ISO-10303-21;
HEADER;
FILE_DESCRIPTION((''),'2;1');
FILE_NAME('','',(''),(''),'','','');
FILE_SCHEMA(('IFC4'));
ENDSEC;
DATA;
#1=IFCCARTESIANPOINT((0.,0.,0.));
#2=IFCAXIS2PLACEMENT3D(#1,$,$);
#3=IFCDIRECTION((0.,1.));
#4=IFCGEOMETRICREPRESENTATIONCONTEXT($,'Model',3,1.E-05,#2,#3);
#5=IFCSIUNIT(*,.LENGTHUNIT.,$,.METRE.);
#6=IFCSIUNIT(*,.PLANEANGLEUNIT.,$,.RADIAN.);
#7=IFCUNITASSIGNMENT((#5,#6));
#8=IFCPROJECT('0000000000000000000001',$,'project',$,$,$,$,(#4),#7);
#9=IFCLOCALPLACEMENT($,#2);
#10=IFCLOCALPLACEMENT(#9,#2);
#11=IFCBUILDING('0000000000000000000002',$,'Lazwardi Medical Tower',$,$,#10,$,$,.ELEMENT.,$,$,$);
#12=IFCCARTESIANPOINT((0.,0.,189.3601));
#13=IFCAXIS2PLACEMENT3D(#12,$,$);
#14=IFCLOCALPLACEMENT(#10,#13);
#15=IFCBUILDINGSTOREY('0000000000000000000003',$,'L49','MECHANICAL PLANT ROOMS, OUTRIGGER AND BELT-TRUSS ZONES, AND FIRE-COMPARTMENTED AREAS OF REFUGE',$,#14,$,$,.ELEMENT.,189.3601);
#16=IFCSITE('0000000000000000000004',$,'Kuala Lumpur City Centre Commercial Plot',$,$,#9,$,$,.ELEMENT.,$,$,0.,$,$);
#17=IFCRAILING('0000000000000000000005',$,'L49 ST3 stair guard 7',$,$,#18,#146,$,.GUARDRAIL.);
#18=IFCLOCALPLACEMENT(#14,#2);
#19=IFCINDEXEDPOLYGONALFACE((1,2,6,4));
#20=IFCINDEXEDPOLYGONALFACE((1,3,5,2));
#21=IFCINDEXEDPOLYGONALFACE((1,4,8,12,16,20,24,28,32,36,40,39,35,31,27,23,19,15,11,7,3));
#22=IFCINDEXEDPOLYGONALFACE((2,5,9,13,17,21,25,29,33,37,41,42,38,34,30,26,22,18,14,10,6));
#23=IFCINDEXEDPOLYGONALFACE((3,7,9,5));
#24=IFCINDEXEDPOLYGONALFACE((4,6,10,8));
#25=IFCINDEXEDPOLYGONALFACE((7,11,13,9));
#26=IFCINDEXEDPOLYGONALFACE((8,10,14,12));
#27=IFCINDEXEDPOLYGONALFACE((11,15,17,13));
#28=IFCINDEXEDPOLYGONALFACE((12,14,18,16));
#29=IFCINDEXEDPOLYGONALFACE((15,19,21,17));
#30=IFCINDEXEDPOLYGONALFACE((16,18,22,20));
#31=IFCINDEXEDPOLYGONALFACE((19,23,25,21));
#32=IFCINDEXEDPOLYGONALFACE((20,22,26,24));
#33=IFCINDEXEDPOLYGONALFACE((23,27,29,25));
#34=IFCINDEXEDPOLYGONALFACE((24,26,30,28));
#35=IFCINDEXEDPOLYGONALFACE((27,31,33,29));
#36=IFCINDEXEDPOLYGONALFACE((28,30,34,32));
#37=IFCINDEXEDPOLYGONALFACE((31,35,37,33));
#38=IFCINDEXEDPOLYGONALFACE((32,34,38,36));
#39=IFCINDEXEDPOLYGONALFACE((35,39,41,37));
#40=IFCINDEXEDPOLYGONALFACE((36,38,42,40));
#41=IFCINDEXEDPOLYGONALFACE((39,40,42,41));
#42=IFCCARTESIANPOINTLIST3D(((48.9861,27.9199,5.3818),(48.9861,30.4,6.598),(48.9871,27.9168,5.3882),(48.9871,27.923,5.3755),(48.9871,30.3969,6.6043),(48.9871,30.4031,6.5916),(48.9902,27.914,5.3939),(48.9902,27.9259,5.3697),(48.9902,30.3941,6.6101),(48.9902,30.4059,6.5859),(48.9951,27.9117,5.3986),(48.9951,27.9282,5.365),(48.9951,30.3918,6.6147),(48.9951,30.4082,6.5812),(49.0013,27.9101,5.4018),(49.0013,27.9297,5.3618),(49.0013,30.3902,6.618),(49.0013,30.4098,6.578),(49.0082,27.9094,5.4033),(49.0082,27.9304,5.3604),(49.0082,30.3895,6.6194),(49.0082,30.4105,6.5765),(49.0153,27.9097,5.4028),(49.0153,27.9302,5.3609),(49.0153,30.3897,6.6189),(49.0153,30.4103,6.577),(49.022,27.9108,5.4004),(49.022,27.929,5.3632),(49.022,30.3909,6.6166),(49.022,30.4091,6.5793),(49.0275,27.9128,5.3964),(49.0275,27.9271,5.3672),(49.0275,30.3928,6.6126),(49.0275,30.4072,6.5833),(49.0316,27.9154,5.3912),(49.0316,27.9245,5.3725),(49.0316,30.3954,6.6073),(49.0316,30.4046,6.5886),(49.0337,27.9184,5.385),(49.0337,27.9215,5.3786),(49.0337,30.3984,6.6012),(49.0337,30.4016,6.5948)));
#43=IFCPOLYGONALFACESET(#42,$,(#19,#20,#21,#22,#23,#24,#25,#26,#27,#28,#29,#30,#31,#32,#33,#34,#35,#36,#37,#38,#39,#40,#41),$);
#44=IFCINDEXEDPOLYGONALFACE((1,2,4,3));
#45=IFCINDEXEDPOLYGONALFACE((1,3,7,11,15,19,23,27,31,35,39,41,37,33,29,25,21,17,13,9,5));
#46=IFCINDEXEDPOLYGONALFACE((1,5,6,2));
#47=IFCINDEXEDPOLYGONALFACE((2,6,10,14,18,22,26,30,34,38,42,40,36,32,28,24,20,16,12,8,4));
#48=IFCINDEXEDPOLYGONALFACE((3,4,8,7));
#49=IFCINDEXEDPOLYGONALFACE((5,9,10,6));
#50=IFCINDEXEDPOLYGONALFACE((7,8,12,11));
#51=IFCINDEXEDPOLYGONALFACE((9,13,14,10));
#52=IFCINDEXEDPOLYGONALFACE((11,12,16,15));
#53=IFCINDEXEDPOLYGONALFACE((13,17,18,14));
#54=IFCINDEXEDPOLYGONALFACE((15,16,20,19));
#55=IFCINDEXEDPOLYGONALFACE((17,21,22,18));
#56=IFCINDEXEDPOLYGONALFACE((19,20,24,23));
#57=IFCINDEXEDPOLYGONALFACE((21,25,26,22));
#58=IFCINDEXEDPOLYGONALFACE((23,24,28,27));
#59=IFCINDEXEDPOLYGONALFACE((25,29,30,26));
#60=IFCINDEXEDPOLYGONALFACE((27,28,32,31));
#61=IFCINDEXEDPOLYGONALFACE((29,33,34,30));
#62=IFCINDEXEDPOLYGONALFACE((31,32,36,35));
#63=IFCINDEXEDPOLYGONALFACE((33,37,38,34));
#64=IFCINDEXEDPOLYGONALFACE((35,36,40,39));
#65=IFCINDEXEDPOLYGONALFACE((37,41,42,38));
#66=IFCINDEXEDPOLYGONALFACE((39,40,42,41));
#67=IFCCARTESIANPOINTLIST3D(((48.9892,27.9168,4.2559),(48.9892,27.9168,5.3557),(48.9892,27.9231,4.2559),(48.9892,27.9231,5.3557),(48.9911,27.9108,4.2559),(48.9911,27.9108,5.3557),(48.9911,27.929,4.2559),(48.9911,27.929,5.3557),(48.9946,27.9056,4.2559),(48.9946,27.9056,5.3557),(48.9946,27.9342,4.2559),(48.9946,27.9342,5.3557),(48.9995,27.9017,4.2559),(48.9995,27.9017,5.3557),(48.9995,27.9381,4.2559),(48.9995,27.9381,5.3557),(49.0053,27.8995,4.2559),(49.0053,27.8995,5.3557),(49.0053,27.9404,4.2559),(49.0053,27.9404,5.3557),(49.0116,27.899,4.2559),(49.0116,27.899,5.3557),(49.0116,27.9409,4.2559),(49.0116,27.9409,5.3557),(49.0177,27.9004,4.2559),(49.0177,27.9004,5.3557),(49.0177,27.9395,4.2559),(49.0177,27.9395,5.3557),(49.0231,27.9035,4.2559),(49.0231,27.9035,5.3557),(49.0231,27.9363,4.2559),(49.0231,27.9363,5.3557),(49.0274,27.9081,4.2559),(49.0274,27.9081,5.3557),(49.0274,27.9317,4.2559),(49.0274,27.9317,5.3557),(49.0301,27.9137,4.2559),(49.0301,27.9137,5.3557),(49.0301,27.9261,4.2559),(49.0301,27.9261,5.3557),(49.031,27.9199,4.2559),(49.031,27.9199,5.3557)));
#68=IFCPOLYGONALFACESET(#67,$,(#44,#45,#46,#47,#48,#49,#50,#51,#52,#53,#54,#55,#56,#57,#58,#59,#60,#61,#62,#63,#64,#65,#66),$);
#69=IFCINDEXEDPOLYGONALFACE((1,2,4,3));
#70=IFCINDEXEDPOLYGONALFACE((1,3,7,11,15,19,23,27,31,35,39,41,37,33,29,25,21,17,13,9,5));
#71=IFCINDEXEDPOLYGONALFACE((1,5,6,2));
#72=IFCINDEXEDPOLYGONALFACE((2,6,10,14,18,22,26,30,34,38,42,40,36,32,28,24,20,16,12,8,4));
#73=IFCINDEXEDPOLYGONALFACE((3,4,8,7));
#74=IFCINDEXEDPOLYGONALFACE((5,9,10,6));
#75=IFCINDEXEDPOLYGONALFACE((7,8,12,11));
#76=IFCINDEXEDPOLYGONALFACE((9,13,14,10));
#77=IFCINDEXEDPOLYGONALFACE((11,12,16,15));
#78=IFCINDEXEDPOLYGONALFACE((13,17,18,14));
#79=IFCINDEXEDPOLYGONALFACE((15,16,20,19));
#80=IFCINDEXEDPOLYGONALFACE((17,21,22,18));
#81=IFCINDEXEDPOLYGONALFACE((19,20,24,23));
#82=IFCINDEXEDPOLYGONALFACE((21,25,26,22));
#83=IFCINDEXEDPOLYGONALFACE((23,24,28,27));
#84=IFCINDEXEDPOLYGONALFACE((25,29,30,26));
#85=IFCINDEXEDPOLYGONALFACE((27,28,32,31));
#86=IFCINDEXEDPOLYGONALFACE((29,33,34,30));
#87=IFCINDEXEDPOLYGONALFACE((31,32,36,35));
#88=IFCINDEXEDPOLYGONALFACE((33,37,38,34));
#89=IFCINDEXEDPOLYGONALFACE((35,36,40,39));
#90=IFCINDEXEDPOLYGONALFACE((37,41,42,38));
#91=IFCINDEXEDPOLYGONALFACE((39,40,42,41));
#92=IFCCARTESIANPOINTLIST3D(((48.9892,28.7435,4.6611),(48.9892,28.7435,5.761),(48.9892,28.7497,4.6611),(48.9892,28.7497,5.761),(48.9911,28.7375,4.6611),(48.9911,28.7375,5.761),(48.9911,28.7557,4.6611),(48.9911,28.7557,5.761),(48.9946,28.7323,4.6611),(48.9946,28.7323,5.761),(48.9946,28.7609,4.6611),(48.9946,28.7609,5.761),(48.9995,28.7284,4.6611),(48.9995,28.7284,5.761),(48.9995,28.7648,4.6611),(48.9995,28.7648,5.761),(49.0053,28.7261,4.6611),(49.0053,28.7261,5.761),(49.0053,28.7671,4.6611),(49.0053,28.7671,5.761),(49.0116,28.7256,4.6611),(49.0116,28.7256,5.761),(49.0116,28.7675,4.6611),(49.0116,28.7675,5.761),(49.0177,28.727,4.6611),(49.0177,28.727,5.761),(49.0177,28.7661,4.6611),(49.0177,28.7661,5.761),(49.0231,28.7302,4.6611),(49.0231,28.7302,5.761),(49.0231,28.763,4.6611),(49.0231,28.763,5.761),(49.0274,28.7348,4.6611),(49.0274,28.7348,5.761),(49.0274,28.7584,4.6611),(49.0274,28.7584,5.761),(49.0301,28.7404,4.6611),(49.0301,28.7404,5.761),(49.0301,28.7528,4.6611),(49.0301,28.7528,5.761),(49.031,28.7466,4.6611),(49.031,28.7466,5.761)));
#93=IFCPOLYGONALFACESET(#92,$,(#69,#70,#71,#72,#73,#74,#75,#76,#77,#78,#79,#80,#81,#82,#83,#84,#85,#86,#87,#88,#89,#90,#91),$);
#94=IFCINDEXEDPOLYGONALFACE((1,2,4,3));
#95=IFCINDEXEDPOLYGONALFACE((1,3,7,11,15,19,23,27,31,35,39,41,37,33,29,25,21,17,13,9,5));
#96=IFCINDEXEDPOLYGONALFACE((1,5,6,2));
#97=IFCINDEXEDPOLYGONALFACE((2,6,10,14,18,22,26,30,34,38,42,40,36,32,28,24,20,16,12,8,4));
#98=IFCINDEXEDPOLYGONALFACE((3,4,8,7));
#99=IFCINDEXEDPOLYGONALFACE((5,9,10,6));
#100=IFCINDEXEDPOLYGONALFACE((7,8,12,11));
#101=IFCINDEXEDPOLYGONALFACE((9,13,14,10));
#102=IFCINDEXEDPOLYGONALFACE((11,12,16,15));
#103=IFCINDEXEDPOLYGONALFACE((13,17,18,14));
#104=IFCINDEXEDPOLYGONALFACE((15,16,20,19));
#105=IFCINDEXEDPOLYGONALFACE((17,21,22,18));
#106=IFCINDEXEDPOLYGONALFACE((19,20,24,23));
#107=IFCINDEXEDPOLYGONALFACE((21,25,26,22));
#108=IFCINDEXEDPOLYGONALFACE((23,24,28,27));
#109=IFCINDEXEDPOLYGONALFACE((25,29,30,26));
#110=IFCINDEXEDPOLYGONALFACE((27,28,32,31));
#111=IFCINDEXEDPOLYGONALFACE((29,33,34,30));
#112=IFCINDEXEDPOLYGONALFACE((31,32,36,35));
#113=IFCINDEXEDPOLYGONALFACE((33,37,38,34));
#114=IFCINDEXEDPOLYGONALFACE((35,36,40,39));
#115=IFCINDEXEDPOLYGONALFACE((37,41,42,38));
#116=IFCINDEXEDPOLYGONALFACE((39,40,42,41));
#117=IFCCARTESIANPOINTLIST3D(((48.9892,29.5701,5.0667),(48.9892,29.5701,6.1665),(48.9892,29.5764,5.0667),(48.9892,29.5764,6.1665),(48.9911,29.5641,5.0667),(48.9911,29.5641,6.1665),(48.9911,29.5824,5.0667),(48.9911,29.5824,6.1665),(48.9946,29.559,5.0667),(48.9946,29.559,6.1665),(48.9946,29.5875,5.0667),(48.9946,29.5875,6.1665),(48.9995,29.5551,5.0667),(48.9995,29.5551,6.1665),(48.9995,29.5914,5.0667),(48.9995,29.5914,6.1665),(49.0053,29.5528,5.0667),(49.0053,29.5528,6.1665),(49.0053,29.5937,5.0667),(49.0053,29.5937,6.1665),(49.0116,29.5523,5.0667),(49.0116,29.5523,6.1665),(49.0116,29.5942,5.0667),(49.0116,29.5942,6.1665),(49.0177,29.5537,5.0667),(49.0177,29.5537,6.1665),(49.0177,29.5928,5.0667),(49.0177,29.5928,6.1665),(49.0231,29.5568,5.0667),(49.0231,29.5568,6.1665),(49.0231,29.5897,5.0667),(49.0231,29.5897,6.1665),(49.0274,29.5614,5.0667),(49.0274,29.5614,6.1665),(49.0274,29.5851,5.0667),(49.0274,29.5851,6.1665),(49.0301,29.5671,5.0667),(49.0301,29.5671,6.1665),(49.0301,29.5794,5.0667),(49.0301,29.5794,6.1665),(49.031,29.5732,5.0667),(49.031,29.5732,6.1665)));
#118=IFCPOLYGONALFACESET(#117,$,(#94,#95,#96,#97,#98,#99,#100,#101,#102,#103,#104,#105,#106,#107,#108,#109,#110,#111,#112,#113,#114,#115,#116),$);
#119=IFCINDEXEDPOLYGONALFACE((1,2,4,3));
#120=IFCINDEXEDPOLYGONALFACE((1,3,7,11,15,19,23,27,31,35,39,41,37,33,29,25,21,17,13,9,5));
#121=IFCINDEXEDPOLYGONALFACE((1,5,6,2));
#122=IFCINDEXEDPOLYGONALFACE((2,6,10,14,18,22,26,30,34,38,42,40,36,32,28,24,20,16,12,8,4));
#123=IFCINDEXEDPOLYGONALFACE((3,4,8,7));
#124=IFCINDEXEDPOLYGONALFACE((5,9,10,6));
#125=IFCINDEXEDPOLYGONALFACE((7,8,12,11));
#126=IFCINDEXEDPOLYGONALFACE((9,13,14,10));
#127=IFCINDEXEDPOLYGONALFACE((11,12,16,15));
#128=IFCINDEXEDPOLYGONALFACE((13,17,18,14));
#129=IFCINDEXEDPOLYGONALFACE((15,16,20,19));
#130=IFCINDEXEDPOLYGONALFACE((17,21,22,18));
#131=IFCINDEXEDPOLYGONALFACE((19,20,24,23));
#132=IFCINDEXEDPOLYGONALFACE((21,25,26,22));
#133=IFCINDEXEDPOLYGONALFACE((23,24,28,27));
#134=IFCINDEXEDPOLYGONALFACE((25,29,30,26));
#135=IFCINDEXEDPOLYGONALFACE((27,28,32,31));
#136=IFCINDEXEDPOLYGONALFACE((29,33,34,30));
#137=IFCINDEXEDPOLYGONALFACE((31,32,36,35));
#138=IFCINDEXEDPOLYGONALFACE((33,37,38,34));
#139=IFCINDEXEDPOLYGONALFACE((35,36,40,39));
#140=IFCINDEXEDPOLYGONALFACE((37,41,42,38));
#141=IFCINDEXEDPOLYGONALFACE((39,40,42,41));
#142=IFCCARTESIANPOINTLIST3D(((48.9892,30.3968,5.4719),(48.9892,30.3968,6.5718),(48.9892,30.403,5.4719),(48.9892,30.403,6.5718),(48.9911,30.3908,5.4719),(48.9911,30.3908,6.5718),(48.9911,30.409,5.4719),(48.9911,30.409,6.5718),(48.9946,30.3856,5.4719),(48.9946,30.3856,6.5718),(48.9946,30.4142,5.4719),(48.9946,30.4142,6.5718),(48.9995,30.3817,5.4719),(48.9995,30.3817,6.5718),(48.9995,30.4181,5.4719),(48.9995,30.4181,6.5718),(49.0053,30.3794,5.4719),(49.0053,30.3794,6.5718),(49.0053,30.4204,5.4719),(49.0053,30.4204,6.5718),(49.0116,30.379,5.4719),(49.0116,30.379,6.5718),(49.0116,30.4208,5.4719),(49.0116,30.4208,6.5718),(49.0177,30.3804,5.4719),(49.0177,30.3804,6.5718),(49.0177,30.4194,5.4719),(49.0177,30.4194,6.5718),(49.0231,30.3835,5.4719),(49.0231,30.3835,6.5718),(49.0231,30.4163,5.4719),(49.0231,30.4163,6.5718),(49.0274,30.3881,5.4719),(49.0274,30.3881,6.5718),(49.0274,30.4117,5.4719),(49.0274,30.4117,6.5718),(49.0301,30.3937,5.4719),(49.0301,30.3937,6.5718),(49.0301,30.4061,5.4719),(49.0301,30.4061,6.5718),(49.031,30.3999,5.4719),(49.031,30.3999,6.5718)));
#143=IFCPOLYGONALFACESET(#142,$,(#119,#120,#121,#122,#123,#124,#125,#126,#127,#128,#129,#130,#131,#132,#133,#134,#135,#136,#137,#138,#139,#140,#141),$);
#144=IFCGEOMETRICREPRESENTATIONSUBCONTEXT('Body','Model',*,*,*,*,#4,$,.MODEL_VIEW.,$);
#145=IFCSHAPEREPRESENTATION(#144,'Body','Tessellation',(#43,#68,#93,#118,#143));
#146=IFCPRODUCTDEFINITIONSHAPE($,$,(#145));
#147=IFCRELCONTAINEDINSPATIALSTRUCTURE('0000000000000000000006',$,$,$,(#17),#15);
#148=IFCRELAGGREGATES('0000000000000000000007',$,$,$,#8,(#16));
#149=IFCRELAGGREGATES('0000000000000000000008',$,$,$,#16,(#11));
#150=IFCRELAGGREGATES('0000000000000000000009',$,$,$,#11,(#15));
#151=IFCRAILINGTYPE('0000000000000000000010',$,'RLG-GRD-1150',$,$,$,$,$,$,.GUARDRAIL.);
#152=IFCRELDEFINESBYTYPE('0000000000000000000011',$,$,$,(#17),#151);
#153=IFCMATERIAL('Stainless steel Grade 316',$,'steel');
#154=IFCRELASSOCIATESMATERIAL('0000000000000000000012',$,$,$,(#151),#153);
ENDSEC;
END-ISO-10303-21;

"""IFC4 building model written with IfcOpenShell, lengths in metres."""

from ifc_helpers import new_model, si_unit, direction, frame, origin, origin_2d, place, context, subcontext, project, spatial, circle, extrude, material, type_object, element, save


model = new_model("IFC4")

# Units and contexts
model_context = context("Model", 3, precision=1e-05, world=origin(), true_north=direction((0.0, 1.0)))
body_context = subcontext(model_context, "Body", "Model", "MODEL_VIEW")
ifc_project = project(units=[si_unit("LENGTHUNIT", "METRE"), si_unit("PLANEANGLEUNIT", "RADIAN")], contexts=[model_context])

# Site, building, storey
site_placement = place(None, origin())
site = spatial("IfcSite", under=ifc_project, at=site_placement, Name="Kuala Lumpur City Centre Commercial Plot", CompositionType="ELEMENT", RefElevation=0.0)
building_placement = place(site_placement, origin())
building = spatial("IfcBuilding", under=site, at=building_placement, Name="Lazwardi Medical Tower", CompositionType="ELEMENT")
storey_placement = place(building_placement, frame((0.0, 0.0, 189.3601)))
storey = spatial("IfcBuildingStorey", under=building, at=storey_placement, Name="L49", Description="MECHANICAL PLANT ROOMS, OUTRIGGER AND BELT-TRUSS ZONES, AND FIRE-COMPARTMENTED AREAS OF REFUGE", CompositionType="ELEMENT", Elevation=189.3601)

# Railing
ifc_material_1 = material(Name="Stainless steel Grade 316", Category="steel")
railing_type_1 = type_object("IfcRailingType", Name="RLG-GRD-1150", PredefinedType="GUARDRAIL", material=ifc_material_1)
for number, where, name in (
    (1, (49.01, 27.9199, 4.2559), "L49 ST3 stair guard 7"),
):
    element("IfcRailing", number, at=place(storey_placement, frame(where)), inside=storey, type_object=railing_type_1, Name=name, PredefinedType="GUARDRAIL", context=body_context, shape_type="SweptSolid", body=[
        extrude(circle(Radius=0.0239, at=origin_2d()), frame((0.0, 0.0, 1.126), z_axis=(0.0, 0.897865, 0.44027), x_axis=(-1.0, 0.0, 0.0)), (0.0, 0.0, 1.0), 2.7622),
        extrude(circle(Radius=0.021, at=origin_2d()), origin(), (0.0, 0.0, 1.0), 1.0999),
        extrude(circle(Radius=0.021, at=origin_2d()), frame((0.0, 0.8267, 0.4053)), (0.0, 0.0, 1.0), 1.0999),
        extrude(circle(Radius=0.021, at=origin_2d()), frame((0.0, 1.6533, 0.8108)), (0.0, 0.0, 1.0), 1.0999),
        extrude(circle(Radius=0.021, at=origin_2d()), frame((0.0, 2.48, 1.2161)), (0.0, 0.0, 1.0), 1.0999),
    ])

save(model, "model.ifc")
